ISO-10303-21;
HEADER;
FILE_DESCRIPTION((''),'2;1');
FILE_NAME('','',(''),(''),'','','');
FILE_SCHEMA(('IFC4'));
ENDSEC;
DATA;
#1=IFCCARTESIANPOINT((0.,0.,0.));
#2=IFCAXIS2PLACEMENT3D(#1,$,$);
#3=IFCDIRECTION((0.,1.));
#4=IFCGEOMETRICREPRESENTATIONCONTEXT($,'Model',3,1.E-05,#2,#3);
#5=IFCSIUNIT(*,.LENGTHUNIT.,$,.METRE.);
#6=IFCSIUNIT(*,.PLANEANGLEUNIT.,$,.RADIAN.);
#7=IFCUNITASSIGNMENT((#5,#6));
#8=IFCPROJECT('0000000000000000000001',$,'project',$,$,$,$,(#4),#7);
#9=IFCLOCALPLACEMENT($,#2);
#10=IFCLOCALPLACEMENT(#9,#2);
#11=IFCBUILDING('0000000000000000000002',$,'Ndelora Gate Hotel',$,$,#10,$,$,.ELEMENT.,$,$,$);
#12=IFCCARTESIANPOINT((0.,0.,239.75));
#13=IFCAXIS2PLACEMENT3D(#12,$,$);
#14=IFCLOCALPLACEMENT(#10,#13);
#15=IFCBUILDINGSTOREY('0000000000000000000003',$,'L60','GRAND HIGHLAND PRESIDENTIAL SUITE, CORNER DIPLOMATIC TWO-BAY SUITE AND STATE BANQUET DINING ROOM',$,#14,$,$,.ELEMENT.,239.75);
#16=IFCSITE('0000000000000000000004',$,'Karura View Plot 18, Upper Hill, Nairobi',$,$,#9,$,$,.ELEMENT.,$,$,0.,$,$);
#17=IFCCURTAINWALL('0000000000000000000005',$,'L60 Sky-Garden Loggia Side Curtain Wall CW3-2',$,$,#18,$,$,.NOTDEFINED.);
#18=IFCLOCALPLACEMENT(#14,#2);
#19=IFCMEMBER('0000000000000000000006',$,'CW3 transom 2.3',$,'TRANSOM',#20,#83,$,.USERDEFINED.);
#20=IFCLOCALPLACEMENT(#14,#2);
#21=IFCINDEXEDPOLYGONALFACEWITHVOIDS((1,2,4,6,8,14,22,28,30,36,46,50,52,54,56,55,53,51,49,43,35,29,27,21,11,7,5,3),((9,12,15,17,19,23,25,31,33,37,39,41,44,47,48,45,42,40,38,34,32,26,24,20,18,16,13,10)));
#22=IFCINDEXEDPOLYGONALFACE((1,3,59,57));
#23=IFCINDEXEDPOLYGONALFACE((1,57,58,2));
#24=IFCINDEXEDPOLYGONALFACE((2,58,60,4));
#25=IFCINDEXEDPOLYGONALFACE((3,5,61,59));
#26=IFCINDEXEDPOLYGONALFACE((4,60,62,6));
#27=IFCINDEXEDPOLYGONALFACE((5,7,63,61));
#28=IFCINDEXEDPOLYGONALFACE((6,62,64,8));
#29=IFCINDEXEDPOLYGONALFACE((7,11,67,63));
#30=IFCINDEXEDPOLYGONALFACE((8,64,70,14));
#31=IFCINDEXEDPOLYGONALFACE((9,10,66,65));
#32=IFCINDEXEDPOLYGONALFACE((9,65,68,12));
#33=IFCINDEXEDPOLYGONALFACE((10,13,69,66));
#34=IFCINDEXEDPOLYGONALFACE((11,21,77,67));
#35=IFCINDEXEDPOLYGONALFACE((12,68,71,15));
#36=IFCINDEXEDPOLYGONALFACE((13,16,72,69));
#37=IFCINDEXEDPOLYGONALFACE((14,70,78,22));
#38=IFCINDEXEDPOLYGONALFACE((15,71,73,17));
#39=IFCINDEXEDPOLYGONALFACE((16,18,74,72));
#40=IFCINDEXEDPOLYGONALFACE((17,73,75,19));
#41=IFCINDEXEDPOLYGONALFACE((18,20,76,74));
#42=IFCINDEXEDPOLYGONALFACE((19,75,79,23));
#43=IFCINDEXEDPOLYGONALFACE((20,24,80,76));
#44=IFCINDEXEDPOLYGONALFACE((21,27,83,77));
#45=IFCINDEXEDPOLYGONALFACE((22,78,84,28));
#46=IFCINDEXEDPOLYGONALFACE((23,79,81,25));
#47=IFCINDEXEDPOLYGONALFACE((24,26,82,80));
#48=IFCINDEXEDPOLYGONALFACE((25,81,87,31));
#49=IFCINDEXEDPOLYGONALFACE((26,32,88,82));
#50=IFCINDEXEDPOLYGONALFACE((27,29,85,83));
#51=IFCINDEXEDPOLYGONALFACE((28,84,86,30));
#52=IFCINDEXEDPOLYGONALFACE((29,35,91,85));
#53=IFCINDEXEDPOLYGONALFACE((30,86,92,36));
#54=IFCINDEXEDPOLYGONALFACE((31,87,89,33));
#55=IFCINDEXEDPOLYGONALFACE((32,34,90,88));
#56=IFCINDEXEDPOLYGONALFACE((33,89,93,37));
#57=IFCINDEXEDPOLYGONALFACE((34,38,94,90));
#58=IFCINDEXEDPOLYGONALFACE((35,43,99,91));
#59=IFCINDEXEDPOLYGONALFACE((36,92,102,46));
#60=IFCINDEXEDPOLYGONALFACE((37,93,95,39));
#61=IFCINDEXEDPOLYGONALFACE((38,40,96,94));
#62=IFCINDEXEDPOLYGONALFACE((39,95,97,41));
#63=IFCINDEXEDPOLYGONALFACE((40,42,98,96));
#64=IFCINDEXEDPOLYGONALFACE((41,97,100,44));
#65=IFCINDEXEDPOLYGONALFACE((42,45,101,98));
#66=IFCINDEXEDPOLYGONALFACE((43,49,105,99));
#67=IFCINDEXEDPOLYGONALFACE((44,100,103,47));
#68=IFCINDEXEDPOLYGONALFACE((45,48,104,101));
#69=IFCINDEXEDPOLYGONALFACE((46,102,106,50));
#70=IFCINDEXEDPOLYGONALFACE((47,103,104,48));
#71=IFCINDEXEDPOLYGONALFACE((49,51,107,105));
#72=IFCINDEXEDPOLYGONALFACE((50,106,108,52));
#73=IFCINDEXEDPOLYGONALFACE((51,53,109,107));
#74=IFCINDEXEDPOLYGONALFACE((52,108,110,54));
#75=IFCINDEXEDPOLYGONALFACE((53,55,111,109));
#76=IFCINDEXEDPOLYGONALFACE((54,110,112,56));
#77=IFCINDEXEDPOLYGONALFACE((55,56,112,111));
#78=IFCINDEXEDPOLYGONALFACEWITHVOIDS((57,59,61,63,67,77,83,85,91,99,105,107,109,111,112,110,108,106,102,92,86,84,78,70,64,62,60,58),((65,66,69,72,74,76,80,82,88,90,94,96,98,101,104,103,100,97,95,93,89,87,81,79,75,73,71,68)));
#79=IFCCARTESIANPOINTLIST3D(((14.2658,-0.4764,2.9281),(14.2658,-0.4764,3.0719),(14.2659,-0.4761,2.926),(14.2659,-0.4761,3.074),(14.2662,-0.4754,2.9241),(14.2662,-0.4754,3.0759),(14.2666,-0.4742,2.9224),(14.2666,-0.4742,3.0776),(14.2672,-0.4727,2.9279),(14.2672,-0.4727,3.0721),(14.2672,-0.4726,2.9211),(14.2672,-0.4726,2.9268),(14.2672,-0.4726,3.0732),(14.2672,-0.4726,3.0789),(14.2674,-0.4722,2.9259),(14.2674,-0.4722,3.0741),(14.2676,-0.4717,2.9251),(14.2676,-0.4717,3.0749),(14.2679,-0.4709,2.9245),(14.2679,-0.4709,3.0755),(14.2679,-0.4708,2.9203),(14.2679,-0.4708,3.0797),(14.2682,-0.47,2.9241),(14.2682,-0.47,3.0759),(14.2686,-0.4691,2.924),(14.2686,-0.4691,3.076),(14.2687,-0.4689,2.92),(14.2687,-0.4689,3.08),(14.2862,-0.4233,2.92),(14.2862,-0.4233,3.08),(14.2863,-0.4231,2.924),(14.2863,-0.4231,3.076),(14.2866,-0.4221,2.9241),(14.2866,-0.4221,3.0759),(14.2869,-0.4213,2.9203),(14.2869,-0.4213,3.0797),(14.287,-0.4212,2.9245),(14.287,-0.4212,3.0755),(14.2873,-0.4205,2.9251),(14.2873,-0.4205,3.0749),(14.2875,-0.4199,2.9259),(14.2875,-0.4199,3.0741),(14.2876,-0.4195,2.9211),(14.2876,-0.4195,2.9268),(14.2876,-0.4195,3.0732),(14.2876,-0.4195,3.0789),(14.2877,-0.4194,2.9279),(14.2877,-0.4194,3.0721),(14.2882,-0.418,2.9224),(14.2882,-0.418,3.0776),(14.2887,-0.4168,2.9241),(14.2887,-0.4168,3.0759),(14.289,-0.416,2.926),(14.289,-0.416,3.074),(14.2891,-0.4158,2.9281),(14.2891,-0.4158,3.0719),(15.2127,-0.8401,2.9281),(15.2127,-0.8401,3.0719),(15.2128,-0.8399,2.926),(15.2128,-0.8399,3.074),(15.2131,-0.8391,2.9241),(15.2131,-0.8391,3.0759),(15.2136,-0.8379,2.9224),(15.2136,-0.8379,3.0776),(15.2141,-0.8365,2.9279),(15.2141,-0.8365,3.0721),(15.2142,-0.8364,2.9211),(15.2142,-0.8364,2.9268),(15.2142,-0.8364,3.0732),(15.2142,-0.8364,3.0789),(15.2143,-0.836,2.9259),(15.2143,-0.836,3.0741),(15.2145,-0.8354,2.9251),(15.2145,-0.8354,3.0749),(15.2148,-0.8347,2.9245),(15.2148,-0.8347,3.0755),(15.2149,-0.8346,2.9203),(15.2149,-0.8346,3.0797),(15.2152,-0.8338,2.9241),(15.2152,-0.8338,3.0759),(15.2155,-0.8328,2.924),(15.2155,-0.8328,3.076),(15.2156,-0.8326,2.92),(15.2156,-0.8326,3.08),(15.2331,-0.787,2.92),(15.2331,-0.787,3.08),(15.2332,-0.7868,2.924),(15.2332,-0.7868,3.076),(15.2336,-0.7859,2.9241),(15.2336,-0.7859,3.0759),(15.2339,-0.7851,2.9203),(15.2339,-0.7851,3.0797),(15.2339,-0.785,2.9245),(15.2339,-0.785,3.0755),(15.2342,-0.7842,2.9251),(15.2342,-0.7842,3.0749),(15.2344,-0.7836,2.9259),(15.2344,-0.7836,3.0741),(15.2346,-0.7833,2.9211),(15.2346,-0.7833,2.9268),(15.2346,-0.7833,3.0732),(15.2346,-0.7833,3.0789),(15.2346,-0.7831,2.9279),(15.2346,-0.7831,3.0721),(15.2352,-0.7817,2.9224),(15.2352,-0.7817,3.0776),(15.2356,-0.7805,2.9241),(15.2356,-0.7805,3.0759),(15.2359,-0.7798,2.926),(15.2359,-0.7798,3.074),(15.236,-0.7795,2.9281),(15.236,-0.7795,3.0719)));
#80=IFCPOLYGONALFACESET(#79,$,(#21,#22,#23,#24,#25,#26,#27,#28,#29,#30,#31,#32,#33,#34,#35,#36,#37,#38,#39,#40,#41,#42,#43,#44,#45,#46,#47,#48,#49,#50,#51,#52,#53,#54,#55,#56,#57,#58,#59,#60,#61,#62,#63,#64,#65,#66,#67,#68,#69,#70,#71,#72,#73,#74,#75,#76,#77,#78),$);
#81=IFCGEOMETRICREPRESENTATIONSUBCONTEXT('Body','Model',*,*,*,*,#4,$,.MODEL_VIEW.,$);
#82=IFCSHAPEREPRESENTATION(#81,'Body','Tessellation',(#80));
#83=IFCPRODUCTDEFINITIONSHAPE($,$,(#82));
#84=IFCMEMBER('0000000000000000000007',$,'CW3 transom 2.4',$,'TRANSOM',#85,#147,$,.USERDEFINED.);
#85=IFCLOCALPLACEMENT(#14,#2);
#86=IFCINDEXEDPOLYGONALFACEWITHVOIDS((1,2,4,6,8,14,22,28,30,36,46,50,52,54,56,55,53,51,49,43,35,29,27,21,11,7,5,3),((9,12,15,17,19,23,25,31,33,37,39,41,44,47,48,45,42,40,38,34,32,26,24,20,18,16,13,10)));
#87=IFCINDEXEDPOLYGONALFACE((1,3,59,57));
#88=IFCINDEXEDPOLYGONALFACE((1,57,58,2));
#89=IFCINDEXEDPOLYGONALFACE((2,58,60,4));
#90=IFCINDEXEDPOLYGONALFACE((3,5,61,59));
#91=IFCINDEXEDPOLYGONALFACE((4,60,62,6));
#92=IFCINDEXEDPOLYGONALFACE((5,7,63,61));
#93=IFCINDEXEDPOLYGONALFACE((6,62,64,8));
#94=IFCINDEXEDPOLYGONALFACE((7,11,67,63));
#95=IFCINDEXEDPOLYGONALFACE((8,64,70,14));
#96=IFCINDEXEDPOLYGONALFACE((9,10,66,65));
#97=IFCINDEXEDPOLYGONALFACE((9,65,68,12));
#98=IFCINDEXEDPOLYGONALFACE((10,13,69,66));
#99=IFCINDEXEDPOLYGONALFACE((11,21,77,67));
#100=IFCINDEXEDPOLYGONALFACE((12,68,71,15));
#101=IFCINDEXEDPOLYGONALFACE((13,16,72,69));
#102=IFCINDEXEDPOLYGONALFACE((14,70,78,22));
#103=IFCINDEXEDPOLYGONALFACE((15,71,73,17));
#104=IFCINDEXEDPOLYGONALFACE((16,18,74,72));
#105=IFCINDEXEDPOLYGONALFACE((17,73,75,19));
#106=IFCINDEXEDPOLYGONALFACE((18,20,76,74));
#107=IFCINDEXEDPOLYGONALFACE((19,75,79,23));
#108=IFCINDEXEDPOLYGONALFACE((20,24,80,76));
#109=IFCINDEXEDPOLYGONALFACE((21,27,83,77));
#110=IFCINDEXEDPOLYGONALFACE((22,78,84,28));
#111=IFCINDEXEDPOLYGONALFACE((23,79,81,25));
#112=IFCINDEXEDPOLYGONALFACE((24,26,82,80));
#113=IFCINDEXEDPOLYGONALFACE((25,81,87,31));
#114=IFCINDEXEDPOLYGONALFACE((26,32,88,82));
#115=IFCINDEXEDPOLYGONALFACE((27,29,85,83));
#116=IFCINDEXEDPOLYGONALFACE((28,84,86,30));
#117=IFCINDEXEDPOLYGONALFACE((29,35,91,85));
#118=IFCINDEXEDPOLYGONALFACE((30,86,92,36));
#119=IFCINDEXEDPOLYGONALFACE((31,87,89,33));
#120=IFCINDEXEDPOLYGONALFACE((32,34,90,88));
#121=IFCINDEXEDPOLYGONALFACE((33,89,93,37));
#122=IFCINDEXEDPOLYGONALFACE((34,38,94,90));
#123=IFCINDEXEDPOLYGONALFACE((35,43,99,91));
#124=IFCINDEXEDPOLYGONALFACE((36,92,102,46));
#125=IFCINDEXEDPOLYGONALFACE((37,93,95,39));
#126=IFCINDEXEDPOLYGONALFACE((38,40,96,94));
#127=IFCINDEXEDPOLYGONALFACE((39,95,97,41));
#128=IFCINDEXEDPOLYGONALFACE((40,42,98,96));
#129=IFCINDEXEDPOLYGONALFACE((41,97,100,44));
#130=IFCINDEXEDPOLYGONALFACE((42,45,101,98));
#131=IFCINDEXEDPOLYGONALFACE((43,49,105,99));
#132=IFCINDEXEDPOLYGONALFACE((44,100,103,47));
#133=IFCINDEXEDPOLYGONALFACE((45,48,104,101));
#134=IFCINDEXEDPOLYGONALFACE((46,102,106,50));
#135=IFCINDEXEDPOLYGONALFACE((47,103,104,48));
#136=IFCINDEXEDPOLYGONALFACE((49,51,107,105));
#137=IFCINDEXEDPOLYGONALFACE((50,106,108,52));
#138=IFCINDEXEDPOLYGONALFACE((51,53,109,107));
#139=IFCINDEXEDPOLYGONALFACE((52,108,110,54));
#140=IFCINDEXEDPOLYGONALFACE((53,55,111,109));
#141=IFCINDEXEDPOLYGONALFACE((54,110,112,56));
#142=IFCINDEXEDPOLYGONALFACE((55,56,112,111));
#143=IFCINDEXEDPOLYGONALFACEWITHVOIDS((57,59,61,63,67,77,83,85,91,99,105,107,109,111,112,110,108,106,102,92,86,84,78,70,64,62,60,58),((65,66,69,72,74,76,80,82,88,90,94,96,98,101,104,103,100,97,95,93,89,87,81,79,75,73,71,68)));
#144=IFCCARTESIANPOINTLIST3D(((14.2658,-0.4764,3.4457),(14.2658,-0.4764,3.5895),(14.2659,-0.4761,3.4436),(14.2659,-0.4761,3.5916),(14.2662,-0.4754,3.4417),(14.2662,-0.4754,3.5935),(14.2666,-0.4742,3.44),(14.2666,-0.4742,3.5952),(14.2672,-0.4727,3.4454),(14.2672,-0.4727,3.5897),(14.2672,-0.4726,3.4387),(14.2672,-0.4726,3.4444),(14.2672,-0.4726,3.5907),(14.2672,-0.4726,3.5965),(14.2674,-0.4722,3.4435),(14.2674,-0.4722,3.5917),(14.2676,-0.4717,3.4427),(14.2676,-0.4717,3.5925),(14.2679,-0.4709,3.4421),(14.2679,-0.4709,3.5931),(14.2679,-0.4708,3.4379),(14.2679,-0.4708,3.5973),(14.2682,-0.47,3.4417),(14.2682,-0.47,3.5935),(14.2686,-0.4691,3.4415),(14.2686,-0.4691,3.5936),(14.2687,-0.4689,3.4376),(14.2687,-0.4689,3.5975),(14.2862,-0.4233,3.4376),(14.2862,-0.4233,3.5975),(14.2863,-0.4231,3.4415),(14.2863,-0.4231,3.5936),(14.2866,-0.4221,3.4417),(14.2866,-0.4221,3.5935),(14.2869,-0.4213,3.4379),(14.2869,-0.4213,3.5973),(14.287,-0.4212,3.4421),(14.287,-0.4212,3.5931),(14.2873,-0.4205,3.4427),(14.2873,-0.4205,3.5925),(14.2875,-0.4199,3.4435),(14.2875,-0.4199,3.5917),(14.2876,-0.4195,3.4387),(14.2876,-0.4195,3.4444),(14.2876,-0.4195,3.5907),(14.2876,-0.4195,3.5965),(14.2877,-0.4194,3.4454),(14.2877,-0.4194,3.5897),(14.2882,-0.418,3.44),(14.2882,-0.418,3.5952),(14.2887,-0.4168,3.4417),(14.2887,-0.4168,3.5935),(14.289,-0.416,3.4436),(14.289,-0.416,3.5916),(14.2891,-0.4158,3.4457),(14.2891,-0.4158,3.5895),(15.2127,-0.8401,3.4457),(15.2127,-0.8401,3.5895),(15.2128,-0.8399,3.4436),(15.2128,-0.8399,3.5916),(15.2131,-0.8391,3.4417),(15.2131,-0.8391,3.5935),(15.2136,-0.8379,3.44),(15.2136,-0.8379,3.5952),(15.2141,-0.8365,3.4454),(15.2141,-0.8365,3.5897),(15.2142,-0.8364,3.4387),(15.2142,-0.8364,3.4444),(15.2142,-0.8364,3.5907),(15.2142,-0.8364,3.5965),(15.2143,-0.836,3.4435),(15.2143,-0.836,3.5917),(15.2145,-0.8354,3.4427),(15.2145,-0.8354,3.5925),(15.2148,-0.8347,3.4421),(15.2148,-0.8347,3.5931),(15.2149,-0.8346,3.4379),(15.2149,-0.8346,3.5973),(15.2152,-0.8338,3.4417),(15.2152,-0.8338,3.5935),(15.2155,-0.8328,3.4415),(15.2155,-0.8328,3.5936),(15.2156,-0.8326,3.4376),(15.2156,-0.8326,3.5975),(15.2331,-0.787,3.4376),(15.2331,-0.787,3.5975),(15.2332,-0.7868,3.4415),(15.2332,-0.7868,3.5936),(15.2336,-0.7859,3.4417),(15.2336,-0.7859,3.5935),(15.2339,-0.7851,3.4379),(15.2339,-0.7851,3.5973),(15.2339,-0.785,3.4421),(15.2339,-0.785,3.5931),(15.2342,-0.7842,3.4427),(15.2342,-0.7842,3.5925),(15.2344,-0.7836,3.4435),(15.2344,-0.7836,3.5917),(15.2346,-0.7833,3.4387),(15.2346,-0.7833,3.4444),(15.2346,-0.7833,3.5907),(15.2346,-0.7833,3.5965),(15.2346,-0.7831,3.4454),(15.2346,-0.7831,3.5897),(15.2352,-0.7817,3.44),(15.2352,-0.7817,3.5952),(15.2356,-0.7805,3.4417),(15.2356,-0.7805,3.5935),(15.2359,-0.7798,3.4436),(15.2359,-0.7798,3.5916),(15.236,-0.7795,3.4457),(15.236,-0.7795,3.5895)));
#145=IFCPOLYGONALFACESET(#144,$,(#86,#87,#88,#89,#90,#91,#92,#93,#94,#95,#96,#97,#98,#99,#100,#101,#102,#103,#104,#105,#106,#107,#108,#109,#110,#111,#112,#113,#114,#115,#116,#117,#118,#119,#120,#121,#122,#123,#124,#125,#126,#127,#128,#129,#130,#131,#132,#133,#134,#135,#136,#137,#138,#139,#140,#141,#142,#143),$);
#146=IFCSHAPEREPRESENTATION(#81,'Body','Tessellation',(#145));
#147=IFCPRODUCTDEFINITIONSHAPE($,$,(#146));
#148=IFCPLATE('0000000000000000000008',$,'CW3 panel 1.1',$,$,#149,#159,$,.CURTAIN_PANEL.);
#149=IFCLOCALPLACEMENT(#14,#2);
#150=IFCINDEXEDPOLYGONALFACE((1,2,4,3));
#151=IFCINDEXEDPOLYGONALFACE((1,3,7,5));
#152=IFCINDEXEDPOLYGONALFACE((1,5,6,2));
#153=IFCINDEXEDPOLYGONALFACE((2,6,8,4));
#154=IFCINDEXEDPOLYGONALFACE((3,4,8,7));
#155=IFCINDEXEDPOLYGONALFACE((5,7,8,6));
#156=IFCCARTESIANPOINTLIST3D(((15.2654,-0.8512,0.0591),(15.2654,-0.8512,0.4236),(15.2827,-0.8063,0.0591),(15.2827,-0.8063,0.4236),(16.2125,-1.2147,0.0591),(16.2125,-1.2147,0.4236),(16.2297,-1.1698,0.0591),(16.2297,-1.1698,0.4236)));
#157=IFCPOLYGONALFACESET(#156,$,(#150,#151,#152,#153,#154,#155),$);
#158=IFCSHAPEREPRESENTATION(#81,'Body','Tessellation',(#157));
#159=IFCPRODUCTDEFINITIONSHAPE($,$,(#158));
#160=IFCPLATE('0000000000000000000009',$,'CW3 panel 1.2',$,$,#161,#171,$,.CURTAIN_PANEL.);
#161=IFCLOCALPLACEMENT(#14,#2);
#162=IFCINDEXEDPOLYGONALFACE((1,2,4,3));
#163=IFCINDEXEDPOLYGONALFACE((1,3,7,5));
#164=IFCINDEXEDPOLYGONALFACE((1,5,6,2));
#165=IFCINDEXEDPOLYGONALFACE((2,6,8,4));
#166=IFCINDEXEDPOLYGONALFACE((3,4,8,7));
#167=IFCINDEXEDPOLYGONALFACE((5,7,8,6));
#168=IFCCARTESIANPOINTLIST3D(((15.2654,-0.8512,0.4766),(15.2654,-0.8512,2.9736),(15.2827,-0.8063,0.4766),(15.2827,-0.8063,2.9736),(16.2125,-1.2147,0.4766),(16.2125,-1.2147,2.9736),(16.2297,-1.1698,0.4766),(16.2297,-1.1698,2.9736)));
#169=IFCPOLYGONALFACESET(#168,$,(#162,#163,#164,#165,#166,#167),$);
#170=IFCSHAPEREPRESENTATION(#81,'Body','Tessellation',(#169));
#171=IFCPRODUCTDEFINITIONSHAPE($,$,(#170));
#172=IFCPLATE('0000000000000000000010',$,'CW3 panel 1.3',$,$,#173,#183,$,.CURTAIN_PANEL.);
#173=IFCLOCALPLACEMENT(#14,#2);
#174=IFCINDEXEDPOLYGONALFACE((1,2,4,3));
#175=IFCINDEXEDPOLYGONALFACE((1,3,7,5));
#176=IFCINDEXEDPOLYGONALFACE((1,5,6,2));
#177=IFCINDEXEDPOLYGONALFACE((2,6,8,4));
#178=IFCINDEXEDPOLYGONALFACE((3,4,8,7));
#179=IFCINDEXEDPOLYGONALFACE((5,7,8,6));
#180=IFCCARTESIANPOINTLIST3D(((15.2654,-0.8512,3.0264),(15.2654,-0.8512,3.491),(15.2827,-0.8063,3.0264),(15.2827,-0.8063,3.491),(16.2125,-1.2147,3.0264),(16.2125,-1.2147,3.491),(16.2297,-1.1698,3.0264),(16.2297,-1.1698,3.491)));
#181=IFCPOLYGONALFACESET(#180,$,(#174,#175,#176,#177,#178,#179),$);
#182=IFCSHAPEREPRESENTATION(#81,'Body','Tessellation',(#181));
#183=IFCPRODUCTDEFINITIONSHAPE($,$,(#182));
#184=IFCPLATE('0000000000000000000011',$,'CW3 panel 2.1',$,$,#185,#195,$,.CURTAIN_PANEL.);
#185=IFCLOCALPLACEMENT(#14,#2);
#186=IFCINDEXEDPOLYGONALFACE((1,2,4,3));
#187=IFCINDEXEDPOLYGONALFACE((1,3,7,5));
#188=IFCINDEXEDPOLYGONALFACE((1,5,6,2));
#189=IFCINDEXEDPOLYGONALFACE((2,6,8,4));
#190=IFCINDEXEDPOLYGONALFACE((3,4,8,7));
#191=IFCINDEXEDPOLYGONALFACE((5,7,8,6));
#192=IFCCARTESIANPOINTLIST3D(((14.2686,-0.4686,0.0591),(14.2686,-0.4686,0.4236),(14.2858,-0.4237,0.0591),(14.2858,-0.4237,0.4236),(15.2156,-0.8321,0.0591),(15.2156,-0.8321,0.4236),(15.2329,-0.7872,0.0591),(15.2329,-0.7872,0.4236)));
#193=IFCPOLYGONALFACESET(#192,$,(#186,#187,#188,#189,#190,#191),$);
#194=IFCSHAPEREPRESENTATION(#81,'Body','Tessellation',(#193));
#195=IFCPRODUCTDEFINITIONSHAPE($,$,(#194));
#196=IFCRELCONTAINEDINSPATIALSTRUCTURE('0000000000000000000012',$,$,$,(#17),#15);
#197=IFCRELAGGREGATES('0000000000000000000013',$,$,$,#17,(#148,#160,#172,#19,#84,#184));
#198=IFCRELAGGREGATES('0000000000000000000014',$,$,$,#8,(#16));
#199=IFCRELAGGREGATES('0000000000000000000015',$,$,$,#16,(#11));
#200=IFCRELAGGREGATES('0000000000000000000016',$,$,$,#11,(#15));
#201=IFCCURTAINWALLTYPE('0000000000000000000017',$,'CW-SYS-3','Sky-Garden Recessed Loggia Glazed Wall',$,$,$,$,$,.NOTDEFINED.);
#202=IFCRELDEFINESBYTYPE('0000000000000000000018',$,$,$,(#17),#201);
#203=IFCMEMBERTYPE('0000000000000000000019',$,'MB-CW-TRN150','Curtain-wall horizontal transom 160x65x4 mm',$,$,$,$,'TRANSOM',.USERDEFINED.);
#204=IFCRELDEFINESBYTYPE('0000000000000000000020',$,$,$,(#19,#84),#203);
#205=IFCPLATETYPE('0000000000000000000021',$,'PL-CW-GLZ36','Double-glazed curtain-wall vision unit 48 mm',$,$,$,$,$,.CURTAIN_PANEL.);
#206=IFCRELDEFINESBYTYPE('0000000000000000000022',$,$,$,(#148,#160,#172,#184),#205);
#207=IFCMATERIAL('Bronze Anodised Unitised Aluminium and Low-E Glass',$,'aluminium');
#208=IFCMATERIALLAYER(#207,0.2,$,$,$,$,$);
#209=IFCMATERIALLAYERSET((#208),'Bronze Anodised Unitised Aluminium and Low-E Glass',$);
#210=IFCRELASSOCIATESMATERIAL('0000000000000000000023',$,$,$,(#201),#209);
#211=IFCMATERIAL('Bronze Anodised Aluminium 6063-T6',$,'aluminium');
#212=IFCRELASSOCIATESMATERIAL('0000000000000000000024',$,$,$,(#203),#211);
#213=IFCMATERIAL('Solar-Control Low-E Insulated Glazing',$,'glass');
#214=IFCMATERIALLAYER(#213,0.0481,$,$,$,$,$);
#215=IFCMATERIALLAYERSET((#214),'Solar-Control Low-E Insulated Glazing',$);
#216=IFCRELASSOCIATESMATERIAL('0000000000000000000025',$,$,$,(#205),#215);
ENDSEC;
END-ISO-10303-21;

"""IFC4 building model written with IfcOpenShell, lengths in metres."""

from ifc_helpers import new_model, si_unit, direction, frame, origin, origin_2d, place, context, subcontext, project, spatial, rectangle, hollow_rectangle, extrude, material, layer, layer_set, material_profile, profile_set, type_object, element, aggregate, save


model = new_model("IFC4")

# Units and contexts
model_context = context("Model", 3, precision=1e-05, world=origin(), true_north=direction((0.0, 1.0)))
body_context = subcontext(model_context, "Body", "Model", "MODEL_VIEW")
ifc_project = project(units=[si_unit("LENGTHUNIT", "METRE"), si_unit("PLANEANGLEUNIT", "RADIAN")], contexts=[model_context])

# Site, building, storey
site_placement = place(None, origin())
site = spatial("IfcSite", under=ifc_project, at=site_placement, Name="Karura View Plot 18, Upper Hill, Nairobi", CompositionType="ELEMENT", RefElevation=0.0)
building_placement = place(site_placement, origin())
building = spatial("IfcBuilding", under=site, at=building_placement, Name="Ndelora Gate Hotel", CompositionType="ELEMENT")
storey_placement = place(building_placement, frame((0.0, 0.0, 239.75)))
storey = spatial("IfcBuildingStorey", under=building, at=storey_placement, Name="L60", Description="GRAND HIGHLAND PRESIDENTIAL SUITE, CORNER DIPLOMATIC TWO-BAY SUITE AND STATE BANQUET DINING ROOM", CompositionType="ELEMENT", Elevation=239.75)

# Curtain wall, members, plates
ifc_material_1 = material(Name="Bronze Anodised Unitised Aluminium and Low-E Glass", Category="aluminium")
ifc_layer_1 = layer(ifc_material_1, 0.2)
ifc_layer_set_1 = layer_set([ifc_layer_1], Name="Bronze Anodised Unitised Aluminium and Low-E Glass")
curtain_wall_type = type_object("IfcCurtainWallType", Name="CW-SYS-3", Description="Sky-Garden Recessed Loggia Glazed Wall", PredefinedType="NOTDEFINED", material=ifc_layer_set_1)
curtain_wall_placement = place(storey_placement, origin())
curtain_wall = element("IfcCurtainWall", 1, at=curtain_wall_placement, inside=storey, type_object=curtain_wall_type, Name="L60 Sky-Garden Loggia Side Curtain Wall CW3-2", PredefinedType="NOTDEFINED")
ifc_material_2 = material(Name="Bronze Anodised Aluminium 6063-T6", Category="aluminium")
ifc_material_profile_1 = material_profile(ifc_material_2, hollow_rectangle(XDim=0.0649, YDim=0.1599, WallThickness=0.0039, InnerFilletRadius=0.0039, OuterFilletRadius=0.0081, at=origin_2d()), Name="ALU 160x65x4")
ifc_profile_set_1 = profile_set([ifc_material_profile_1], Name="Bronze Anodised Aluminium 6063-T6")
member_type_1 = type_object("IfcMemberType", Name="MB-CW-TRN150", Description="Curtain-wall horizontal transom 160x65x4 mm", ElementType="TRANSOM", PredefinedType="USERDEFINED", material=ifc_profile_set_1)
member_1_placement = place(storey_placement, frame((15.2244, -0.8098, 3.0), z_axis=(-0.933501, 0.358576, 0.0), x_axis=(-0.358576, -0.933501, 0.0)))
member_1 = element("IfcMember", 2, at=member_1_placement, type_object=member_type_1, Name="CW3 transom 2.3", ObjectType="TRANSOM", PredefinedType="USERDEFINED", context=body_context, shape_type="SweptSolid", body=[
    extrude(hollow_rectangle(XDim=0.0649, YDim=0.1599, WallThickness=0.0039, InnerFilletRadius=0.0039, OuterFilletRadius=0.0081, at=origin_2d()), origin(), (0.0, 0.0, 1.0), 1.0144),
])
member_2_placement = place(storey_placement, frame((15.2244, -0.8098, 3.5176), z_axis=(-0.933501, 0.358576, 0.0), x_axis=(-0.358576, -0.933501, 0.0)))
member_2 = element("IfcMember", 3, at=member_2_placement, type_object=member_type_1, Name="CW3 transom 2.4", ObjectType="TRANSOM", PredefinedType="USERDEFINED", context=body_context, shape_type="SweptSolid", body=[
    extrude(hollow_rectangle(XDim=0.0649, YDim=0.1599, WallThickness=0.0039, InnerFilletRadius=0.0039, OuterFilletRadius=0.0081, at=origin_2d()), origin(), (0.0, 0.0, 1.0), 1.0144),
])
ifc_material_3 = material(Name="Solar-Control Low-E Insulated Glazing", Category="glass")
ifc_layer_2 = layer(ifc_material_3, 0.0481)
ifc_layer_set_2 = layer_set([ifc_layer_2], Name="Solar-Control Low-E Insulated Glazing")
plate_type = type_object("IfcPlateType", Name="PL-CW-GLZ36", Description="Double-glazed curtain-wall vision unit 48 mm", PredefinedType="CURTAIN_PANEL", material=ifc_layer_set_2)
plate_1_placement = place(storey_placement, frame((15.7476, -1.0105, 0.0591), z_axis=(0.0, 0.0, 1.0), x_axis=(-0.933583, 0.358361, 0.0)))
plate_1 = element("IfcPlate", 4, at=plate_1_placement, type_object=plate_type, Name="CW3 panel 1.1", PredefinedType="CURTAIN_PANEL", context=body_context, shape_type="SweptSolid", body=[
    extrude(rectangle(XDim=1.0144, YDim=0.0481, at=origin_2d()), origin(), (0.0, 0.0, 1.0), 0.3645),
])
plate_2_placement = place(storey_placement, frame((15.7476, -1.0105, 0.4766), z_axis=(0.0, 0.0, 1.0), x_axis=(-0.933583, 0.358361, 0.0)))
plate_2 = element("IfcPlate", 5, at=plate_2_placement, type_object=plate_type, Name="CW3 panel 1.2", PredefinedType="CURTAIN_PANEL", context=body_context, shape_type="SweptSolid", body=[
    extrude(rectangle(XDim=1.0144, YDim=0.0481, at=origin_2d()), origin(), (0.0, 0.0, 1.0), 2.4971),
])
plate_3_placement = place(storey_placement, frame((15.7476, -1.0105, 3.0264), z_axis=(0.0, 0.0, 1.0), x_axis=(-0.933583, 0.358361, 0.0)))
plate_3 = element("IfcPlate", 6, at=plate_3_placement, type_object=plate_type, Name="CW3 panel 1.3", PredefinedType="CURTAIN_PANEL", context=body_context, shape_type="SweptSolid", body=[
    extrude(rectangle(XDim=1.0144, YDim=0.0481, at=origin_2d()), origin(), (0.0, 0.0, 1.0), 0.4646),
])
plate_4_placement = place(storey_placement, frame((14.7507, -0.6279, 0.0591), z_axis=(0.0, 0.0, 1.0), x_axis=(-0.933583, 0.358361, 0.0)))
plate_4 = element("IfcPlate", 7, at=plate_4_placement, type_object=plate_type, Name="CW3 panel 2.1", PredefinedType="CURTAIN_PANEL", context=body_context, shape_type="SweptSolid", body=[
    extrude(rectangle(XDim=1.0144, YDim=0.0481, at=origin_2d()), origin(), (0.0, 0.0, 1.0), 0.3645),
])
aggregate(curtain_wall, [plate_1, plate_2, plate_3, member_1, member_2, plate_4])

save(model, "model.ifc")
